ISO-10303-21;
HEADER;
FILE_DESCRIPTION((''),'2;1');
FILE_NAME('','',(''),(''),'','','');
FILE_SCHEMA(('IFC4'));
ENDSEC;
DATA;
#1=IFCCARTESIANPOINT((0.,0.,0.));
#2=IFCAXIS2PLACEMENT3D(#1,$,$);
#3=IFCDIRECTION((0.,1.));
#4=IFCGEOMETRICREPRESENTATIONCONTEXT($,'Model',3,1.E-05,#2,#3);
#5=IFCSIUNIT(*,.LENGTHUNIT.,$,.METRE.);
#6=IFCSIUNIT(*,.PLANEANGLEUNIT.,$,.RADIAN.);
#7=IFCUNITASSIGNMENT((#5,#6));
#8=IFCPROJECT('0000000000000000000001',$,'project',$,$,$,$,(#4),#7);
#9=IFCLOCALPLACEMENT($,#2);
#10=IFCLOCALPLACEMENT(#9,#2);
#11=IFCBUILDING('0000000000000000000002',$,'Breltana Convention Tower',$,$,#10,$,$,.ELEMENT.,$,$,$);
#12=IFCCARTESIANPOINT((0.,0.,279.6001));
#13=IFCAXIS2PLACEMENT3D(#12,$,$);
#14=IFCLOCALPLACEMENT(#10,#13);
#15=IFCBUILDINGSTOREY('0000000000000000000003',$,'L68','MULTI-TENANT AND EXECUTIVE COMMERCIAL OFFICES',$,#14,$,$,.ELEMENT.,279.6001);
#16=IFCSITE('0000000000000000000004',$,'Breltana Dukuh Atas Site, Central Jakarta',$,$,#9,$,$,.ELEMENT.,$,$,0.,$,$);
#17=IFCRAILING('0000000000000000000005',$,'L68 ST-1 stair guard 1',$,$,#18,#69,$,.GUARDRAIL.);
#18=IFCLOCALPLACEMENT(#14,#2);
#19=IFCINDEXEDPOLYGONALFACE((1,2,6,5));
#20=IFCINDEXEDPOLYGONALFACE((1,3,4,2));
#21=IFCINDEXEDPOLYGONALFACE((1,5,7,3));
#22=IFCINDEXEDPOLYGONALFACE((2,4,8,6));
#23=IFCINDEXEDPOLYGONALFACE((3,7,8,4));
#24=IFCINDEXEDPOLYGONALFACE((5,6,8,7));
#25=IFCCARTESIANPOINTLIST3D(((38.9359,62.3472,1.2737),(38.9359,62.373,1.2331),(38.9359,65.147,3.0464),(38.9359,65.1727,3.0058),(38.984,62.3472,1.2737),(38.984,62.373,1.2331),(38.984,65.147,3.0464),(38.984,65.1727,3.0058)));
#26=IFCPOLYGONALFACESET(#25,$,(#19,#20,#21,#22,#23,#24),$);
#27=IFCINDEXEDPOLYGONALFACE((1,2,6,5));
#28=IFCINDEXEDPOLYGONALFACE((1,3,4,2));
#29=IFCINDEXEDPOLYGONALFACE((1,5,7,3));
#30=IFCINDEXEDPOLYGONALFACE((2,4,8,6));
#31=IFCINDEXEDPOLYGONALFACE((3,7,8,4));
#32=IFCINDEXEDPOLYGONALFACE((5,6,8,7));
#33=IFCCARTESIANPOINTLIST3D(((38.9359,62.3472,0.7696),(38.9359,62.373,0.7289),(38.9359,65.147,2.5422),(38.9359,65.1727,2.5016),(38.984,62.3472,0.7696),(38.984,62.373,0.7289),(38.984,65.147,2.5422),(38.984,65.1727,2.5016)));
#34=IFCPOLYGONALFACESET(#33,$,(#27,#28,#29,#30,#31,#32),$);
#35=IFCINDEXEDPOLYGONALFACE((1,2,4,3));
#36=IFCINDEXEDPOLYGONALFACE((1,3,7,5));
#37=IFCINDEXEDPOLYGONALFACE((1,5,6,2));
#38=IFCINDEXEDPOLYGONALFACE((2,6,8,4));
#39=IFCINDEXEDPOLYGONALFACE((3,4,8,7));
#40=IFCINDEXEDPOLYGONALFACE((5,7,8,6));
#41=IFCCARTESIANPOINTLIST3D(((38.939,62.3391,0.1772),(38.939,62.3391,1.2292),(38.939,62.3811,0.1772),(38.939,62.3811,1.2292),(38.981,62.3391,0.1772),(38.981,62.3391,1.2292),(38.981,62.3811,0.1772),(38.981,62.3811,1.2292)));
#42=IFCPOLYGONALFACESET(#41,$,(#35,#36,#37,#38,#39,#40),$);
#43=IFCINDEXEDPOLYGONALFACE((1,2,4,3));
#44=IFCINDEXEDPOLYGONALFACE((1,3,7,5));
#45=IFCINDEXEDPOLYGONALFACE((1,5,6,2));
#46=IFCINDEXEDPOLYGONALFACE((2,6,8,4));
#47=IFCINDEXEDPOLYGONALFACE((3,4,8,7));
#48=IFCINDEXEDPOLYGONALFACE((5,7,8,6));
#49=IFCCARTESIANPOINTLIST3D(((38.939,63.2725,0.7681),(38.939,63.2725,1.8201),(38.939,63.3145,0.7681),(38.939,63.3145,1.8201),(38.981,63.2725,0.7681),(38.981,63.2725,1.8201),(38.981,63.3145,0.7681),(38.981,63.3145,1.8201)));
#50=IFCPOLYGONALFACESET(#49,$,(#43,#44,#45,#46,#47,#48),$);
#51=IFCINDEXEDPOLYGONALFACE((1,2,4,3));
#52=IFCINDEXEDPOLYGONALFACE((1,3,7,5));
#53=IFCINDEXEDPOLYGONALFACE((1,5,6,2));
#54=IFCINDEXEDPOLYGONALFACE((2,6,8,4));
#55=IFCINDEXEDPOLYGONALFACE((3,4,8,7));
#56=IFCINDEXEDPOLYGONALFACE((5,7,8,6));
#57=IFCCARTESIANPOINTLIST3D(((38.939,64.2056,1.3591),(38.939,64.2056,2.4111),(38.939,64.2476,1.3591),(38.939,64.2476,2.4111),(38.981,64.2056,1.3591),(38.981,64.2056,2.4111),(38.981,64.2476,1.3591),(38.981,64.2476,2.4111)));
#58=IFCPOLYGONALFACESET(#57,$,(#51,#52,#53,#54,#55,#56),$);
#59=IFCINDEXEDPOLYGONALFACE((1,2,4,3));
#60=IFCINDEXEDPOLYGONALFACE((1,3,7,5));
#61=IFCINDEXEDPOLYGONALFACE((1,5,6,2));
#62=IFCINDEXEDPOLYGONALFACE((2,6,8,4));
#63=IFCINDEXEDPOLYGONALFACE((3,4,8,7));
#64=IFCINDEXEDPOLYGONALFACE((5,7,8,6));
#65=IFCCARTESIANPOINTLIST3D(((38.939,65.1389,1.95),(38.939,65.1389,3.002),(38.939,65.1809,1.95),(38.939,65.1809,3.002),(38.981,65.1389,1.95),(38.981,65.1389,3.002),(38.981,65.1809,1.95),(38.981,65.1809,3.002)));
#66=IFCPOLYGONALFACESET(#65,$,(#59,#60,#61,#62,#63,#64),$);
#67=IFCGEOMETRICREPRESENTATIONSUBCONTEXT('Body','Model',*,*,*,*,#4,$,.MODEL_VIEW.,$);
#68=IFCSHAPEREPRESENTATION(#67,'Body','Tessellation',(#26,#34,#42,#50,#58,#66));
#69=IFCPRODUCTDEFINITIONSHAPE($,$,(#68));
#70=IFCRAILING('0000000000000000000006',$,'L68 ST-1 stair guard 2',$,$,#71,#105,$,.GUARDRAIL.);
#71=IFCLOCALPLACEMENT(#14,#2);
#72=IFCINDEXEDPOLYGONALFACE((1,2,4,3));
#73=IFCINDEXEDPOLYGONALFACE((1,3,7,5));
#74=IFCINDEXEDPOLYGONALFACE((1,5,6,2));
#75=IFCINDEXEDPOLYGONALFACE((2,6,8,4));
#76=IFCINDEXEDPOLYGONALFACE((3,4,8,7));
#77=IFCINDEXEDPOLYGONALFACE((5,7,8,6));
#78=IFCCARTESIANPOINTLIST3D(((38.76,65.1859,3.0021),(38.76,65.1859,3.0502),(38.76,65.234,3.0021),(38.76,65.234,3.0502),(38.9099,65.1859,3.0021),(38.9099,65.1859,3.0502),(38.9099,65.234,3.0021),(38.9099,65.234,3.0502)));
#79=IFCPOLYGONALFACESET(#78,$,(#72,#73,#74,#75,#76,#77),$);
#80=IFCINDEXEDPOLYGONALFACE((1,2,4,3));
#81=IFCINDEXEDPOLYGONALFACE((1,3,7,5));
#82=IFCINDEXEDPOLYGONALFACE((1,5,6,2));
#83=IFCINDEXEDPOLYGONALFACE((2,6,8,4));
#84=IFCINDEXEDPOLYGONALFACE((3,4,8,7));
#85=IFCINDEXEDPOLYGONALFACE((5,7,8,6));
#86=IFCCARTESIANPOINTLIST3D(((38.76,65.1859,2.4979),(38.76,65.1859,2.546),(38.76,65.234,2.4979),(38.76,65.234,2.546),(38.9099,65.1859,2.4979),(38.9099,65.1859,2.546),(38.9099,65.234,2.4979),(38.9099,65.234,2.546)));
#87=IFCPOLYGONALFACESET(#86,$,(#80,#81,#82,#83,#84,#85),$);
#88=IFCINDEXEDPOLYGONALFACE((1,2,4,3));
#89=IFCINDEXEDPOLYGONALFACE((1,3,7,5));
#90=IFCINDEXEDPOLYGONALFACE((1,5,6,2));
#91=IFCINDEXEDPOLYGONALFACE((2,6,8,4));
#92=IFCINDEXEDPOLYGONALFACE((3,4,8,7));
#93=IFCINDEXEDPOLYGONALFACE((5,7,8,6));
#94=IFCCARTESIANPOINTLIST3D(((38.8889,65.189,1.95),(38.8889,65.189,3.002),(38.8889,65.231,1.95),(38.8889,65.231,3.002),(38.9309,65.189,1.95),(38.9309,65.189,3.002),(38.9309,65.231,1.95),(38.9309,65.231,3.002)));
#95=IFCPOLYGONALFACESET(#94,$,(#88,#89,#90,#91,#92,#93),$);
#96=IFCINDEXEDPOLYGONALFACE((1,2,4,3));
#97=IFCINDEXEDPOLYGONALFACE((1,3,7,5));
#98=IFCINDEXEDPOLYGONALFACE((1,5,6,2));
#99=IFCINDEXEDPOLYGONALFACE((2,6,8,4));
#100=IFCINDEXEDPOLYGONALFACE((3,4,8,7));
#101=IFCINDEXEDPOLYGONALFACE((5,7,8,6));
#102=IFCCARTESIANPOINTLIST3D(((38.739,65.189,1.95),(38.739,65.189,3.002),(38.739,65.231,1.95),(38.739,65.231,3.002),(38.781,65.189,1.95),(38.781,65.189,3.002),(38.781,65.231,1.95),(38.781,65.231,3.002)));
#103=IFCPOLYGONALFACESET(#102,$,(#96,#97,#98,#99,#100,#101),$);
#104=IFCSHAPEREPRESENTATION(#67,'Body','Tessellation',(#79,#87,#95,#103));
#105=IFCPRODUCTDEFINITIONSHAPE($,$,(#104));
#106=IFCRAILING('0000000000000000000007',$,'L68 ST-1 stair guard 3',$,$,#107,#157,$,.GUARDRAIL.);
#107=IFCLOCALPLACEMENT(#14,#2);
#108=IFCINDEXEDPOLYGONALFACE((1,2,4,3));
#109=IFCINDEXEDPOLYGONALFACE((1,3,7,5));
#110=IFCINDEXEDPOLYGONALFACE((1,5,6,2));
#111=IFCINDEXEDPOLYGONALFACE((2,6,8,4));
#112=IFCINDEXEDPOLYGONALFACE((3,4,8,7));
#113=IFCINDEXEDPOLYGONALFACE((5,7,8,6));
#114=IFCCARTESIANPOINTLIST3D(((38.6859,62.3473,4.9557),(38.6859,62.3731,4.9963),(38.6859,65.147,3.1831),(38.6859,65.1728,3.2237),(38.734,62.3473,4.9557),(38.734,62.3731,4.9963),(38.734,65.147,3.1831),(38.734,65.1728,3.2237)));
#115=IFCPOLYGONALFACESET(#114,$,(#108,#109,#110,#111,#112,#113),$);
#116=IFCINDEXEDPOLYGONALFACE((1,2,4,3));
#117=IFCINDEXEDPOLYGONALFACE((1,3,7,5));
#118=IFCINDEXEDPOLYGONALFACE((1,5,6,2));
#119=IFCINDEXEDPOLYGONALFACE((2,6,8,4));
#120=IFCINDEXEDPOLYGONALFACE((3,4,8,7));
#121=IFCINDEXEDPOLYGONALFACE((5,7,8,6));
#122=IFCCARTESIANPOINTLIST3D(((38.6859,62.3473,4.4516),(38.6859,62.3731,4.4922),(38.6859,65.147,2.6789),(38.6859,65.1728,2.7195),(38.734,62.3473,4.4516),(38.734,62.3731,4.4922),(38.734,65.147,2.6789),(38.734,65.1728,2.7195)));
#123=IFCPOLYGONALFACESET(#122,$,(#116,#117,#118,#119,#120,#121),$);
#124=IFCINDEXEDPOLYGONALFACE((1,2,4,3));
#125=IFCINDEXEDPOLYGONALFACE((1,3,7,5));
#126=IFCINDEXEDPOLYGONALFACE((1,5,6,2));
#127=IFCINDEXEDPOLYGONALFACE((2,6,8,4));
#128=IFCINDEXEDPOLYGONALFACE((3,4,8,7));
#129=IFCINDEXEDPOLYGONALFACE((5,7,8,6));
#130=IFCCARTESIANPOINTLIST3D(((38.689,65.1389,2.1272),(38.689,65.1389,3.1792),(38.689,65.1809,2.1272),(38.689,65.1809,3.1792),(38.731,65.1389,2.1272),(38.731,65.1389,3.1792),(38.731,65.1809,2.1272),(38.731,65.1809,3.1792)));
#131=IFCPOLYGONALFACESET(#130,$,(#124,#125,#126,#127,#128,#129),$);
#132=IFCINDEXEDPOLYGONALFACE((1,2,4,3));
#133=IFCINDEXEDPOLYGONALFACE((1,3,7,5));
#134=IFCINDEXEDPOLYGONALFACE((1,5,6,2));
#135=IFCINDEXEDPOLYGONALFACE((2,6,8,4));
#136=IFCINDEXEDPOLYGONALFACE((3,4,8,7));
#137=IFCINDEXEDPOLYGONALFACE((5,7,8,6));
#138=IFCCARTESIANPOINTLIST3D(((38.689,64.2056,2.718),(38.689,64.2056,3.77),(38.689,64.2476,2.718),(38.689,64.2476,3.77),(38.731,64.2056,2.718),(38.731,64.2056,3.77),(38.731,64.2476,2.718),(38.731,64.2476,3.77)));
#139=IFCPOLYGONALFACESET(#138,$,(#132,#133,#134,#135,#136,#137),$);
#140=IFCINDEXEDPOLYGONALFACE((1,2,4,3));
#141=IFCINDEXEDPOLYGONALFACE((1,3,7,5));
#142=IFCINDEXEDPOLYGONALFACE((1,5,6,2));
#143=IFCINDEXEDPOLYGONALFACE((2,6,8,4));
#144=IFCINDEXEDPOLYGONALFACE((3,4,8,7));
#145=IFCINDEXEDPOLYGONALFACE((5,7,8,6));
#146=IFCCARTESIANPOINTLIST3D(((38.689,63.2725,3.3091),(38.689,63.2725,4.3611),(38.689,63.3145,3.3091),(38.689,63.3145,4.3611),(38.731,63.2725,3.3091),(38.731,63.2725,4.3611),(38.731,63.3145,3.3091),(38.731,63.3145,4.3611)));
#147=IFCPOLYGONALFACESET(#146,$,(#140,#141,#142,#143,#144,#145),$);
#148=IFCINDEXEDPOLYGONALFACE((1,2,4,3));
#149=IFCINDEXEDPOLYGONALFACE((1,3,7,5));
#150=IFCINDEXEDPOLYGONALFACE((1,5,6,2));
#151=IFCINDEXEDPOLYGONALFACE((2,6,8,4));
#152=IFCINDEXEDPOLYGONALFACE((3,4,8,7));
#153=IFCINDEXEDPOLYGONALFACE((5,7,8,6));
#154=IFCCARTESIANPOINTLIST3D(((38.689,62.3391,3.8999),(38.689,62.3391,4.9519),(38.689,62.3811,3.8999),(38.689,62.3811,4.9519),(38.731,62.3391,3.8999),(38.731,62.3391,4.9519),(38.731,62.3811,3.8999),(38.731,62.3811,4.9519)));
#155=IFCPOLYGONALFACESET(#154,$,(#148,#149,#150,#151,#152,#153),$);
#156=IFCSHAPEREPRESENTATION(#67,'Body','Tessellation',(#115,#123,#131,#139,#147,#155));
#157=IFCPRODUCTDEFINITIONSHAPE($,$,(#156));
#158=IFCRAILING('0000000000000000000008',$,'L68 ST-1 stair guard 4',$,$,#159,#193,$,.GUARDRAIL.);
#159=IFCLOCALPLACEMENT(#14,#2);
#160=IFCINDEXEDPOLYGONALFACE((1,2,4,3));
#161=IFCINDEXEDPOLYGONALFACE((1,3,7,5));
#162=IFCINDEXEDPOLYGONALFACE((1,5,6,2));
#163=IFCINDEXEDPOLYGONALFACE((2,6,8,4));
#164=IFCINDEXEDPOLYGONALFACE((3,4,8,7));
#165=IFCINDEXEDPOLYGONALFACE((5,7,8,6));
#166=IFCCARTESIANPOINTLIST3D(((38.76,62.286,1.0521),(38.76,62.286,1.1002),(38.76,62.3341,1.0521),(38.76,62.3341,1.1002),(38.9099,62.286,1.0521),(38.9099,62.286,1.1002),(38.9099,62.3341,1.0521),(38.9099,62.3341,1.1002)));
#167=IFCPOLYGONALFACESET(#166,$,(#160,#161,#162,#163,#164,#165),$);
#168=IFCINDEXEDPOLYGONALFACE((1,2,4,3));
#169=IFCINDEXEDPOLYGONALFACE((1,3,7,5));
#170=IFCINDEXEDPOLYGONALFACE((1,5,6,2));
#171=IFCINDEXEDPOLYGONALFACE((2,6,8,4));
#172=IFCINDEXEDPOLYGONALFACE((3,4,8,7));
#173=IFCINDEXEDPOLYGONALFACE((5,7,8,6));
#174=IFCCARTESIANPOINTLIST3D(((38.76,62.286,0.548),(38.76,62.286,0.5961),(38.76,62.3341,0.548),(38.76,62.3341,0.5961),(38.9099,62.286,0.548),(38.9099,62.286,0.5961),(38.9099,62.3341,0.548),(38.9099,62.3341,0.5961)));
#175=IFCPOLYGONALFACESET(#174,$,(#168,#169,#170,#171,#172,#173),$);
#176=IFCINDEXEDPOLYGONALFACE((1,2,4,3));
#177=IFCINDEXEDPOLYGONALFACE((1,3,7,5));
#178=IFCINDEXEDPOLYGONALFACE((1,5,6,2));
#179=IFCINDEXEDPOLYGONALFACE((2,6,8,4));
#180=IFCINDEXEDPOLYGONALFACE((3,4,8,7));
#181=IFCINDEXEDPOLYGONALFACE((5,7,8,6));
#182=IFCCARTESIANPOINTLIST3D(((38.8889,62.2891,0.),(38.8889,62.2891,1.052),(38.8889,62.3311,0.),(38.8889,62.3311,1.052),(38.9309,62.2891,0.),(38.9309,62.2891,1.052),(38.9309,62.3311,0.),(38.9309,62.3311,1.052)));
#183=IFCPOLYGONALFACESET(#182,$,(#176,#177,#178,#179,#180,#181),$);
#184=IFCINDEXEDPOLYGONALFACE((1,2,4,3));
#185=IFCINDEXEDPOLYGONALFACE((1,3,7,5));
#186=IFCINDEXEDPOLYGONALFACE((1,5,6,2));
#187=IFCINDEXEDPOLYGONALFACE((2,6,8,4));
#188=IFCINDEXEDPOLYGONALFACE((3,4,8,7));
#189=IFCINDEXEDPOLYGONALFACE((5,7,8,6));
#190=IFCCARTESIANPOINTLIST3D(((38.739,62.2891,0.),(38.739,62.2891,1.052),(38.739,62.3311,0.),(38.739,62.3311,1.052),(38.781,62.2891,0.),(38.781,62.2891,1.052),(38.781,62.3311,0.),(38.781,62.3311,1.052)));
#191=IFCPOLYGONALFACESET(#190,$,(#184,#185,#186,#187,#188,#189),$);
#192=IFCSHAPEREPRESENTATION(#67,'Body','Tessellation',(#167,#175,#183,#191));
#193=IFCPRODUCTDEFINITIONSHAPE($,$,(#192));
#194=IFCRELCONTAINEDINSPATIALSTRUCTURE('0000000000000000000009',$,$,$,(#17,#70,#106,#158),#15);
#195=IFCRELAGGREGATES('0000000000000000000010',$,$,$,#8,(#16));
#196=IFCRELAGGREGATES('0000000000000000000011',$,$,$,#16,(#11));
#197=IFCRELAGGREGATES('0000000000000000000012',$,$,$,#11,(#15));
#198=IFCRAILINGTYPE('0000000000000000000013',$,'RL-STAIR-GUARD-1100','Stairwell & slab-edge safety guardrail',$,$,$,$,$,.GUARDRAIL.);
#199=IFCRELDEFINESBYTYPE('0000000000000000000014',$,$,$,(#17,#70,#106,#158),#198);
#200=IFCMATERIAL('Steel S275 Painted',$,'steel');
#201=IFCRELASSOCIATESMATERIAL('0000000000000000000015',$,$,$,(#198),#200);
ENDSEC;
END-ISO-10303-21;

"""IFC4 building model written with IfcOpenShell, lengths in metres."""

from ifc_helpers import new_model, si_unit, direction, frame, origin, origin_2d, place, context, subcontext, project, spatial, rectangle, extrude, material, type_object, element, save


model = new_model("IFC4")

# Units and contexts
model_context = context("Model", 3, precision=1e-05, world=origin(), true_north=direction((0.0, 1.0)))
body_context = subcontext(model_context, "Body", "Model", "MODEL_VIEW")
ifc_project = project(units=[si_unit("LENGTHUNIT", "METRE"), si_unit("PLANEANGLEUNIT", "RADIAN")], contexts=[model_context])

# Site, building, storey
site_placement = place(None, origin())
site = spatial("IfcSite", under=ifc_project, at=site_placement, Name="Breltana Dukuh Atas Site, Central Jakarta", CompositionType="ELEMENT", RefElevation=0.0)
building_placement = place(site_placement, origin())
building = spatial("IfcBuilding", under=site, at=building_placement, Name="Breltana Convention Tower", CompositionType="ELEMENT")
storey_placement = place(building_placement, frame((0.0, 0.0, 279.6001)))
storey = spatial("IfcBuildingStorey", under=building, at=storey_placement, Name="L68", Description="MULTI-TENANT AND EXECUTIVE COMMERCIAL OFFICES", CompositionType="ELEMENT", Elevation=279.6001)

# Railings
ifc_material_1 = material(Name="Steel S275 Painted", Category="steel")
railing_type_1 = type_object("IfcRailingType", Name="RL-STAIR-GUARD-1100", Description="Stairwell & slab-edge safety guardrail", PredefinedType="GUARDRAIL", material=ifc_material_1)
railing_1_placement = place(storey_placement, frame((38.96, 62.3601, 0.1772)))
element("IfcRailing", 1, at=railing_1_placement, inside=storey, type_object=railing_type_1, Name="L68 ST-1 stair guard 1", PredefinedType="GUARDRAIL", context=body_context, shape_type="SweptSolid", body=[
    extrude(rectangle(XDim=0.0481, YDim=0.0481, at=origin_2d()), frame((0.0, 0.0, 1.0762), z_axis=(0.0, 0.844888, 0.534943), x_axis=(-1.0, 0.0, 0.0)), (0.0, 0.0, 1.0), 3.3137),
    extrude(rectangle(XDim=0.0481, YDim=0.0481, at=origin_2d()), frame((0.0, 0.0, 0.572), z_axis=(0.0, 0.844888, 0.534943), x_axis=(-1.0, 0.0, 0.0)), (0.0, 0.0, 1.0), 3.3137),
    extrude(rectangle(XDim=0.042, YDim=0.042, at=origin_2d()), origin(), (0.0, 0.0, 1.0), 1.052),
    extrude(rectangle(XDim=0.042, YDim=0.042, at=origin_2d()), frame((0.0, 0.9333, 0.5908)), (0.0, 0.0, 1.0), 1.052),
    extrude(rectangle(XDim=0.042, YDim=0.042, at=origin_2d()), frame((0.0, 1.8665, 1.1819)), (0.0, 0.0, 1.0), 1.052),
    extrude(rectangle(XDim=0.042, YDim=0.042, at=origin_2d()), frame((0.0, 2.7998, 1.7727)), (0.0, 0.0, 1.0), 1.052),
])
railing_2_placement = place(storey_placement, frame((38.9099, 65.21, 1.95)))
element("IfcRailing", 2, at=railing_2_placement, inside=storey, type_object=railing_type_1, Name="L68 ST-1 stair guard 2", PredefinedType="GUARDRAIL", context=body_context, shape_type="SweptSolid", body=[
    extrude(rectangle(XDim=0.0481, YDim=0.0481, at=origin_2d()), frame((0.0, 0.0, 1.0762), z_axis=(-1.0, 0.0, 0.0), x_axis=(0.0, -1.0, 0.0)), (0.0, 0.0, 1.0), 0.1499),
    extrude(rectangle(XDim=0.0481, YDim=0.0481, at=origin_2d()), frame((0.0, 0.0, 0.572), z_axis=(-1.0, 0.0, 0.0), x_axis=(0.0, -1.0, 0.0)), (0.0, 0.0, 1.0), 0.1499),
    extrude(rectangle(XDim=0.042, YDim=0.042, at=origin_2d()), origin(), (0.0, 0.0, 1.0), 1.052),
    extrude(rectangle(XDim=0.042, YDim=0.042, at=origin_2d()), frame((-0.1499, 0.0, 0.0)), (0.0, 0.0, 1.0), 1.052),
])
railing_3_placement = place(storey_placement, frame((38.71, 65.1599, 2.1272)))
element("IfcRailing", 3, at=railing_3_placement, inside=storey, type_object=railing_type_1, Name="L68 ST-1 stair guard 3", PredefinedType="GUARDRAIL", context=body_context, shape_type="SweptSolid", body=[
    extrude(rectangle(XDim=0.0481, YDim=0.0481, at=origin_2d()), frame((0.0, 0.0, 1.0762), z_axis=(0.0, -0.844888, 0.534943), x_axis=(1.0, 0.0, 0.0)), (0.0, 0.0, 1.0), 3.3137),
    extrude(rectangle(XDim=0.0481, YDim=0.0481, at=origin_2d()), frame((0.0, 0.0, 0.572), z_axis=(0.0, -0.844888, 0.534943), x_axis=(1.0, 0.0, 0.0)), (0.0, 0.0, 1.0), 3.3137),
    extrude(rectangle(XDim=0.042, YDim=0.042, at=origin_2d()), origin(), (0.0, 0.0, 1.0), 1.052),
    extrude(rectangle(XDim=0.042, YDim=0.042, at=origin_2d()), frame((0.0, -0.9333, 0.5908)), (0.0, 0.0, 1.0), 1.052),
    extrude(rectangle(XDim=0.042, YDim=0.042, at=origin_2d()), frame((0.0, -1.8665, 1.1819)), (0.0, 0.0, 1.0), 1.052),
    extrude(rectangle(XDim=0.042, YDim=0.042, at=origin_2d()), frame((0.0, -2.7998, 1.7727)), (0.0, 0.0, 1.0), 1.052),
])
railing_4_placement = place(storey_placement, frame((38.9099, 62.3101, 0.0)))
element("IfcRailing", 4, at=railing_4_placement, inside=storey, type_object=railing_type_1, Name="L68 ST-1 stair guard 4", PredefinedType="GUARDRAIL", context=body_context, shape_type="SweptSolid", body=[
    extrude(rectangle(XDim=0.0481, YDim=0.0481, at=origin_2d()), frame((0.0, 0.0, 1.0762), z_axis=(-1.0, 0.0, 0.0), x_axis=(0.0, -1.0, 0.0)), (0.0, 0.0, 1.0), 0.1499),
    extrude(rectangle(XDim=0.0481, YDim=0.0481, at=origin_2d()), frame((0.0, 0.0, 0.572), z_axis=(-1.0, 0.0, 0.0), x_axis=(0.0, -1.0, 0.0)), (0.0, 0.0, 1.0), 0.1499),
    extrude(rectangle(XDim=0.042, YDim=0.042, at=origin_2d()), origin(), (0.0, 0.0, 1.0), 1.052),
    extrude(rectangle(XDim=0.042, YDim=0.042, at=origin_2d()), frame((-0.1499, 0.0, 0.0)), (0.0, 0.0, 1.0), 1.052),
])

save(model, "model.ifc")
